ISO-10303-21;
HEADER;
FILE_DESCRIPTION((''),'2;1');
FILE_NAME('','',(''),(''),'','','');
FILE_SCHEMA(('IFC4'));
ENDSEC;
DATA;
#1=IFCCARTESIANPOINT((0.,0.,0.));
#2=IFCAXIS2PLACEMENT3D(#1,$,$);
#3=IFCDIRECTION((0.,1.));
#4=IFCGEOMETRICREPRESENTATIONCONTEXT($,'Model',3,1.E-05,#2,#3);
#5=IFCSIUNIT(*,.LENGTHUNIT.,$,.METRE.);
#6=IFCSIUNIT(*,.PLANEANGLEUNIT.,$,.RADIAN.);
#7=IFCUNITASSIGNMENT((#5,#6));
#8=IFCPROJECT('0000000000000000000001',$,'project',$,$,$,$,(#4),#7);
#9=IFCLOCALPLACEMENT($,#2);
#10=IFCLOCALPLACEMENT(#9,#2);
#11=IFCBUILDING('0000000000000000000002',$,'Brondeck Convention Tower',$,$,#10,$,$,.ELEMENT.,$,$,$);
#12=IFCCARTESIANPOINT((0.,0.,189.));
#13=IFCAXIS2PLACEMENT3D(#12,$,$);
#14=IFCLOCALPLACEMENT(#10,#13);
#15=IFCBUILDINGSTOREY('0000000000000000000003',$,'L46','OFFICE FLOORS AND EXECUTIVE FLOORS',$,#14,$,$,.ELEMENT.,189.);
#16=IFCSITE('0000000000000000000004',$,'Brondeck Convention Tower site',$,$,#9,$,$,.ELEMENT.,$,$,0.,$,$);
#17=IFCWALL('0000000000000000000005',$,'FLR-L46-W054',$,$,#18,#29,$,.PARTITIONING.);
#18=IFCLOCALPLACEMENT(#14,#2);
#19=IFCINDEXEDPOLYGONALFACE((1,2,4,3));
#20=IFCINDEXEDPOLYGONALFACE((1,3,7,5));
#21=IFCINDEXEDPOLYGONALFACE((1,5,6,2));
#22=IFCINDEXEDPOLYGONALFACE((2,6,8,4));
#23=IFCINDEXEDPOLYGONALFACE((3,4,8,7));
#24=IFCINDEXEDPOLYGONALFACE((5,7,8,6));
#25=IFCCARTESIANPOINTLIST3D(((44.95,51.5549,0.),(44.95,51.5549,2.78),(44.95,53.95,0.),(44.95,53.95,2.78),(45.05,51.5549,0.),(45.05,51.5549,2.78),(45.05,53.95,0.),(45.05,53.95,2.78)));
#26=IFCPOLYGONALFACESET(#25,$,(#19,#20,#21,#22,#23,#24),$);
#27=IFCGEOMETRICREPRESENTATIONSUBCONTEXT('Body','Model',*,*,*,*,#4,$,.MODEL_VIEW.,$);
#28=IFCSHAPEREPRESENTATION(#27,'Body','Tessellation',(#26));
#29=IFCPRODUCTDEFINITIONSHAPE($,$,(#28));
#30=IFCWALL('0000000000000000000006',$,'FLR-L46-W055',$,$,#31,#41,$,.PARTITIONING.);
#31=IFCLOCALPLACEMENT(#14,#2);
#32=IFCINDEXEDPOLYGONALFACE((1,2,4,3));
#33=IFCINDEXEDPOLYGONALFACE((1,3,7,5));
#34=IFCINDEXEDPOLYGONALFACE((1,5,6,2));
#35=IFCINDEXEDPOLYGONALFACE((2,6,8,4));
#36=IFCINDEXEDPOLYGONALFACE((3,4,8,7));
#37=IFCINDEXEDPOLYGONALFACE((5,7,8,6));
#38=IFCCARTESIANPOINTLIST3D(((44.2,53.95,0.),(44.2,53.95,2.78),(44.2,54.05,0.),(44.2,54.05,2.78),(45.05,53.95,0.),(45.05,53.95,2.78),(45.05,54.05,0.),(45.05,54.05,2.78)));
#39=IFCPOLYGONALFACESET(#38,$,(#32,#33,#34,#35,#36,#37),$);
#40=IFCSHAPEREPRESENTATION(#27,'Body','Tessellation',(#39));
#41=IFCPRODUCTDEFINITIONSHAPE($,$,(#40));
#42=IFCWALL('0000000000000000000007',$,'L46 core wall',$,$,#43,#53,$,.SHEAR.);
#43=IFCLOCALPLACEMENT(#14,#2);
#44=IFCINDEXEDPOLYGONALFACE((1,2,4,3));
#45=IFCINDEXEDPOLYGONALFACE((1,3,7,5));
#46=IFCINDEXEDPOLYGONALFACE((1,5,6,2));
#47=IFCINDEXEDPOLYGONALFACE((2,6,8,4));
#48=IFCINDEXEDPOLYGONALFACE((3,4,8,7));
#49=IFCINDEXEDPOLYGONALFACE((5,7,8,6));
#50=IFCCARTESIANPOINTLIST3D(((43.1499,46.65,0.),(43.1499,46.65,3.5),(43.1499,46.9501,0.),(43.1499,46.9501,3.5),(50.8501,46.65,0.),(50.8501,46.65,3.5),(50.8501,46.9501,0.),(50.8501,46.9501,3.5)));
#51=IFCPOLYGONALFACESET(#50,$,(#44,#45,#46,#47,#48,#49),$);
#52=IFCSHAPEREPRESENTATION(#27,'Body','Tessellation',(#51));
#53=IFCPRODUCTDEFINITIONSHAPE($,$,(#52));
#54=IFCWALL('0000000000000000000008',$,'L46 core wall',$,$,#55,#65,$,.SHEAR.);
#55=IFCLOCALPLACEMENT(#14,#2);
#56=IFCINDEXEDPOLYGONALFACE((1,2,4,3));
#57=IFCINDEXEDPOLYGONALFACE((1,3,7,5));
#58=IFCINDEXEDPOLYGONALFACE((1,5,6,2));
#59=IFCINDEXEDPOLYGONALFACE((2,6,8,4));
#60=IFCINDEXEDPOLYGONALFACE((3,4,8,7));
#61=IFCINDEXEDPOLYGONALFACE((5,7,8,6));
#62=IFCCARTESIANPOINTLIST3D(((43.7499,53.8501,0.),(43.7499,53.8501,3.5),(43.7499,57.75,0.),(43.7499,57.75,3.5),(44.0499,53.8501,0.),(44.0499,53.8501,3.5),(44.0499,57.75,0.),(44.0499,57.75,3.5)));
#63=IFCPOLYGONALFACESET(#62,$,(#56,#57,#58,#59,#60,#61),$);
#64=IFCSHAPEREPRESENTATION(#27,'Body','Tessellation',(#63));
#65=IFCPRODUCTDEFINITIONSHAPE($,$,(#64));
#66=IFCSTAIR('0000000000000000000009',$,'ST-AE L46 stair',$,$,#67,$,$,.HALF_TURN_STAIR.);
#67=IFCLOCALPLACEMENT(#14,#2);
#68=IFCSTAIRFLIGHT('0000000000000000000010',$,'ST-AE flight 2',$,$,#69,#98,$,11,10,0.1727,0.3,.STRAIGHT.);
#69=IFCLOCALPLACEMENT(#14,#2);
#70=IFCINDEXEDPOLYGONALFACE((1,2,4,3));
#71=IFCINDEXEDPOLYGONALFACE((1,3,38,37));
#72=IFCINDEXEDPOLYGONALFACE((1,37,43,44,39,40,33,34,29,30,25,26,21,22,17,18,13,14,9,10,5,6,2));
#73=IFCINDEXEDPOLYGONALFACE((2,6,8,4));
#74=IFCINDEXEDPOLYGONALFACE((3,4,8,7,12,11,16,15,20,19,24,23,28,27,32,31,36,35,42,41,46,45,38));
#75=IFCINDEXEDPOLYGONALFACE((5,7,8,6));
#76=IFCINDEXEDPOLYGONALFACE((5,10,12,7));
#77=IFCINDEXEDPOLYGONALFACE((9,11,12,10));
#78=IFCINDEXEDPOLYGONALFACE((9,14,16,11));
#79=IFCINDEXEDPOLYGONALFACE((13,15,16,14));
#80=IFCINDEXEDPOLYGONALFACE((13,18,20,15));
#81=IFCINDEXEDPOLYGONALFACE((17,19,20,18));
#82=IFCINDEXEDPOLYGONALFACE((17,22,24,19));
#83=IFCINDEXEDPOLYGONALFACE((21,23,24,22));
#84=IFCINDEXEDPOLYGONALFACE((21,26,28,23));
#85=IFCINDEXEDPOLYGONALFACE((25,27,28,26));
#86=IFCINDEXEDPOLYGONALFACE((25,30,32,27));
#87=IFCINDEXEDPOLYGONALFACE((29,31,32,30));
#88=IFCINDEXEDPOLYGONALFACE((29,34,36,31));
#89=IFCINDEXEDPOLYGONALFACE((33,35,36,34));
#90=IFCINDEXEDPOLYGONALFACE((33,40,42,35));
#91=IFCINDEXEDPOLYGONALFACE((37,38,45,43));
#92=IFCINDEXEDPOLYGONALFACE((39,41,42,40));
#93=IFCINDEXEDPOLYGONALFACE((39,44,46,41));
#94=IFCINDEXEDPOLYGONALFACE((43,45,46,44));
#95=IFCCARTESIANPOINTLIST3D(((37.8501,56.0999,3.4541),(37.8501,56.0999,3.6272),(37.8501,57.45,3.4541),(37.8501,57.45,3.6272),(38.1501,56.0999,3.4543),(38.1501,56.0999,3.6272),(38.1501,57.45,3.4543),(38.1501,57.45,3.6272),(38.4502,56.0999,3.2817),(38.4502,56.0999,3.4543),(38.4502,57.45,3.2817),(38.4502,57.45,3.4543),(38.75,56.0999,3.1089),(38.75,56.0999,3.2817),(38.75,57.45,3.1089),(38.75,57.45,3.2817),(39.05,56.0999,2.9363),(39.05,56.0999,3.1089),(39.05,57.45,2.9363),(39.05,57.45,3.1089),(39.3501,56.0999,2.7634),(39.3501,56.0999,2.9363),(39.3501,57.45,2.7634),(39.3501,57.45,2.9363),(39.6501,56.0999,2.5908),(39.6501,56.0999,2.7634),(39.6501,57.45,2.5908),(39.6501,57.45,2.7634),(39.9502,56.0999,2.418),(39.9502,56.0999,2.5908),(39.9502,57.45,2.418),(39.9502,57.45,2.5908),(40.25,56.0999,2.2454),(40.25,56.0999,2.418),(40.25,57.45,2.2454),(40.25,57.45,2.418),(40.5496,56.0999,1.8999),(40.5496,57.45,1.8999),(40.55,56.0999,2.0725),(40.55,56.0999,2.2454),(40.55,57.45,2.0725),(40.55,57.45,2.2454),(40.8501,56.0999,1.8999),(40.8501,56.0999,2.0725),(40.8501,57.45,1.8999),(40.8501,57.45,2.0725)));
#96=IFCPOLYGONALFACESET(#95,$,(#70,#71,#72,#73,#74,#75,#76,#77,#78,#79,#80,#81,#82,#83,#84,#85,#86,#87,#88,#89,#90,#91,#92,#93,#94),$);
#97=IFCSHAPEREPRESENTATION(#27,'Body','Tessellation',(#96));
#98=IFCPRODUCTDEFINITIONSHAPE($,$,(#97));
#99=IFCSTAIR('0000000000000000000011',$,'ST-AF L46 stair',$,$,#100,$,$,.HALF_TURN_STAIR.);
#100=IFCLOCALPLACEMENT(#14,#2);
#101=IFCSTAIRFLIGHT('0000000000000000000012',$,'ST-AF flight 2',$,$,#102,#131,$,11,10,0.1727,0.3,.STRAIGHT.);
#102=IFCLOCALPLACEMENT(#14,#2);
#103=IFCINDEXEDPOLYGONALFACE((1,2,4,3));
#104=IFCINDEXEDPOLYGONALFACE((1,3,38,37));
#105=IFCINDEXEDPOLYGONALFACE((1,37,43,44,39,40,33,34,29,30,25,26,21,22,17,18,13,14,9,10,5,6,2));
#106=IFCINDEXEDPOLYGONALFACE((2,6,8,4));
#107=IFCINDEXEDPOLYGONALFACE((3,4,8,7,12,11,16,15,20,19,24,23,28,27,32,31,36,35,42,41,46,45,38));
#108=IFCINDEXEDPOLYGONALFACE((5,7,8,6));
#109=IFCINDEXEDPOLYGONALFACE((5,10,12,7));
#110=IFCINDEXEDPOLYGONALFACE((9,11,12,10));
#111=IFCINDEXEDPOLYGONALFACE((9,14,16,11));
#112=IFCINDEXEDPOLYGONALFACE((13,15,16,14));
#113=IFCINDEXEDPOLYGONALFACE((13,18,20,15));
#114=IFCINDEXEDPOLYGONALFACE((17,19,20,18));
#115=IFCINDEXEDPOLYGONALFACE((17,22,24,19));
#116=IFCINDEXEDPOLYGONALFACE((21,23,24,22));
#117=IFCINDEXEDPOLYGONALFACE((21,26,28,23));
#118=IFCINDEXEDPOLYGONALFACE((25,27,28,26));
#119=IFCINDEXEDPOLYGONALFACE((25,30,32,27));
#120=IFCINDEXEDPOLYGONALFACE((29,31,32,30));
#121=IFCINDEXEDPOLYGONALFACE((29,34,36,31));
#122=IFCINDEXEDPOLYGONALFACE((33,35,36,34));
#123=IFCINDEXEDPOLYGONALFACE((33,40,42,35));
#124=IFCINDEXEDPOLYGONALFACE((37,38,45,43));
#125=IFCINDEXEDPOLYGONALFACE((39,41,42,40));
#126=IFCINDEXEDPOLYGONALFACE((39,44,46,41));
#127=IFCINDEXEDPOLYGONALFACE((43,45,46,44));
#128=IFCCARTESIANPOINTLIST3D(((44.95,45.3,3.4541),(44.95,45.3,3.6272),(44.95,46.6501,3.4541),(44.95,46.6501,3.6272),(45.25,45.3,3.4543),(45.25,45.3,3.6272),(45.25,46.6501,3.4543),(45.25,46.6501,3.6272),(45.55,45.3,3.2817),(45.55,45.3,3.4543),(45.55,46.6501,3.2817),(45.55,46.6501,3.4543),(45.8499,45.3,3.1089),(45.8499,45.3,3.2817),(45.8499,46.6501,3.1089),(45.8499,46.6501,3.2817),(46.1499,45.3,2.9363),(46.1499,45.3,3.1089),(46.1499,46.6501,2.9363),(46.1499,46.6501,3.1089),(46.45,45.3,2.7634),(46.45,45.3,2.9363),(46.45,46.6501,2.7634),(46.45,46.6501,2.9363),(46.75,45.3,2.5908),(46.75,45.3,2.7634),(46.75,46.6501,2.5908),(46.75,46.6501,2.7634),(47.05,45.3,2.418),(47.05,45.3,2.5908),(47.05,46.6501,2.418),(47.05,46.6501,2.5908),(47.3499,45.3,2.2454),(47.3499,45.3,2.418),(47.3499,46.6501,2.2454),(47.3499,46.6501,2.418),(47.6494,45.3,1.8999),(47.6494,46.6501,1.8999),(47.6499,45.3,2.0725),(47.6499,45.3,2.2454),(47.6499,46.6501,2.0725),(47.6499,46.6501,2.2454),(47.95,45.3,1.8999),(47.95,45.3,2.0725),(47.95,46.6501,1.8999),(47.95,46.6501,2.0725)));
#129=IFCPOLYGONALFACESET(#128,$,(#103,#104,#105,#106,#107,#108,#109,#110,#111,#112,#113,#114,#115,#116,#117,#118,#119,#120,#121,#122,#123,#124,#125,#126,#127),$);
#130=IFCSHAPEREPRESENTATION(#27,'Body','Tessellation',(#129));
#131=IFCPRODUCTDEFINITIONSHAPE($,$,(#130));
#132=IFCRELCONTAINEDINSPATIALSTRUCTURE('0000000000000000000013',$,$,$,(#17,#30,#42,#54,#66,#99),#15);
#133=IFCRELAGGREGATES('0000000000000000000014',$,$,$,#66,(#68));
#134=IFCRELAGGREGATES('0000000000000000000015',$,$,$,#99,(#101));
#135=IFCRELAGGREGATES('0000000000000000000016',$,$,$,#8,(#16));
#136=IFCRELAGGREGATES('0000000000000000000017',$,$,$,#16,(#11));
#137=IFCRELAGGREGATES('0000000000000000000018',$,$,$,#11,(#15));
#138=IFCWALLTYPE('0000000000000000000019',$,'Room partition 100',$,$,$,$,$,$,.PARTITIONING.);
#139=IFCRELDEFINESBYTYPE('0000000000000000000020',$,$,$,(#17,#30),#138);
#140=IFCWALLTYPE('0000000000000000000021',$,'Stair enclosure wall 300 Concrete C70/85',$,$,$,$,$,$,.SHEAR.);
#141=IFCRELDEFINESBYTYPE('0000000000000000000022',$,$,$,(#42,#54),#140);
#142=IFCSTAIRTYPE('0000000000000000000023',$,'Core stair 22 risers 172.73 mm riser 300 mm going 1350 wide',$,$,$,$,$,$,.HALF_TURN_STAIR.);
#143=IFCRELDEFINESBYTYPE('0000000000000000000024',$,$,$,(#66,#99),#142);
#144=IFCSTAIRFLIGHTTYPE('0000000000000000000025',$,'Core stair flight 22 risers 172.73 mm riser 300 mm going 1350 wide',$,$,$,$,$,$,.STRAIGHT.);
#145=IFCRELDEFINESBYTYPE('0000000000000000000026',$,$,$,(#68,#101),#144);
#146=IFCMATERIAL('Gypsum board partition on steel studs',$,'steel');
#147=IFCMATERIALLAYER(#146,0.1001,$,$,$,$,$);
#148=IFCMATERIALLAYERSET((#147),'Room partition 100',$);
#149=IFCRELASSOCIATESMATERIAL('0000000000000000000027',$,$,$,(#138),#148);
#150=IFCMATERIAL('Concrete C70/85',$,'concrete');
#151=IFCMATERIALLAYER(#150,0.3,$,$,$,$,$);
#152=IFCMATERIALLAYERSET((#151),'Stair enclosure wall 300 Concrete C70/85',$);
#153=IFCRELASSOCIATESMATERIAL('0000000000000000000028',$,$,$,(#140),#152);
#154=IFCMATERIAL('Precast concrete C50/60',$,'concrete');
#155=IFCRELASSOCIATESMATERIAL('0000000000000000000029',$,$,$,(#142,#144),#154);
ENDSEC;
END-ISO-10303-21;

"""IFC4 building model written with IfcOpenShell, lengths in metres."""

from ifc_helpers import new_model, si_unit, direction, frame, frame_2d, origin, place, context, subcontext, project, spatial, polyline, rectangle, outline, extrude, material, layer, layer_set, type_object, element, aggregate, save


model = new_model("IFC4")

# Units and contexts
model_context = context("Model", 3, precision=1e-05, world=origin(), true_north=direction((0.0, 1.0)))
body_context = subcontext(model_context, "Body", "Model", "MODEL_VIEW")
ifc_project = project(units=[si_unit("LENGTHUNIT", "METRE"), si_unit("PLANEANGLEUNIT", "RADIAN")], contexts=[model_context])

# Site, building, storey
site_placement = place(None, origin())
site = spatial("IfcSite", under=ifc_project, at=site_placement, Name="Brondeck Convention Tower site", CompositionType="ELEMENT", RefElevation=0.0)
building_placement = place(site_placement, origin())
building = spatial("IfcBuilding", under=site, at=building_placement, Name="Brondeck Convention Tower", CompositionType="ELEMENT")
storey_placement = place(building_placement, frame((0.0, 0.0, 189.0)))
storey = spatial("IfcBuildingStorey", under=building, at=storey_placement, Name="L46", Description="OFFICE FLOORS AND EXECUTIVE FLOORS", CompositionType="ELEMENT", Elevation=189.0)

# Shared definitions
ifc_material_1 = material(Name="Concrete C70/85", Category="concrete")

# Shared definitions
ifc_material_2 = material(Name="Gypsum board partition on steel studs", Category="steel")
ifc_layer_1 = layer(ifc_material_2, 0.1001)
ifc_layer_set_1 = layer_set([ifc_layer_1], Name="Room partition 100")
wall_type_1 = type_object("IfcWallType", Name="Room partition 100", PredefinedType="PARTITIONING", material=ifc_layer_set_1)

# Walls
wall_1_placement = place(storey_placement, frame((45.0, 53.95, 0.0), z_axis=(0.0, 0.0, 1.0), x_axis=(0.0, -1.0, 0.0)))
element("IfcWall", 1, at=wall_1_placement, inside=storey, type_object=wall_type_1, Name="FLR-L46-W054", PredefinedType="PARTITIONING", context=body_context, shape_type="SweptSolid", body=[
    extrude(rectangle(XDim=2.395, YDim=0.1001, at=frame_2d((1.1975, 0.0))), origin(), (0.0, 0.0, 1.0), 2.78),
])
wall_2_placement = place(storey_placement, frame((44.2, 54.0, 0.0), z_axis=(0.0, 0.0, 1.0), x_axis=(1.0, 0.0, 0.0)))
element("IfcWall", 2, at=wall_2_placement, inside=storey, type_object=wall_type_1, Name="FLR-L46-W055", PredefinedType="PARTITIONING", context=body_context, shape_type="SweptSolid", body=[
    extrude(rectangle(XDim=0.8501, YDim=0.1001, at=frame_2d((0.425, 0.0))), origin(), (0.0, 0.0, 1.0), 2.78),
])
ifc_layer_2 = layer(ifc_material_1, 0.3)
ifc_layer_set_2 = layer_set([ifc_layer_2], Name="Stair enclosure wall 300 Concrete C70/85")
wall_type_2 = type_object("IfcWallType", Name="Stair enclosure wall 300 Concrete C70/85", PredefinedType="SHEAR", material=ifc_layer_set_2)
wall_3_placement = place(storey_placement, frame((43.1499, 46.8, 0.0), z_axis=(0.0, 0.0, 1.0), x_axis=(1.0, 0.0, 0.0)))
element("IfcWall", 3, at=wall_3_placement, inside=storey, type_object=wall_type_2, Name="L46 core wall", PredefinedType="SHEAR", context=body_context, shape_type="SweptSolid", body=[
    extrude(rectangle(XDim=7.7002, YDim=0.3, at=frame_2d((3.8501, 0.0))), origin(), (0.0, 0.0, 1.0), 3.5),
])
wall_4_placement = place(storey_placement, frame((43.8999, 53.8501, 0.0), z_axis=(0.0, 0.0, 1.0), x_axis=(0.0, 1.0, 0.0)))
element("IfcWall", 4, at=wall_4_placement, inside=storey, type_object=wall_type_2, Name="L46 core wall", PredefinedType="SHEAR", context=body_context, shape_type="SweptSolid", body=[
    extrude(rectangle(XDim=3.8999, YDim=0.3, at=frame_2d((1.95, 0.0))), origin(), (0.0, 0.0, 1.0), 3.5),
])

# Stairs, stair flights
ifc_material_3 = material(Name="Precast concrete C50/60", Category="concrete")
stair_type = type_object("IfcStairType", Name="Core stair 22 risers 172.73 mm riser 300 mm going 1350 wide", PredefinedType="HALF_TURN_STAIR", material=ifc_material_3)
stair_1_placement = place(storey_placement, origin())
stair_1 = element("IfcStair", 5, at=stair_1_placement, inside=storey, type_object=stair_type, Name="ST-AE L46 stair", PredefinedType="HALF_TURN_STAIR")
stair_flight_type = type_object("IfcStairFlightType", Name="Core stair flight 22 risers 172.73 mm riser 300 mm going 1350 wide", PredefinedType="STRAIGHT", material=ifc_material_3)
stair_flight_1_placement = place(storey_placement, frame((40.8501, 56.7749, 1.8999), z_axis=(0.0, 0.0, 1.0), x_axis=(-1.0, 0.0, 0.0)))
stair_flight_1 = element("IfcStairFlight", 6, at=stair_flight_1_placement, type_object=stair_flight_type, Name="ST-AE flight 2", NumberOfRisers=11, NumberOfTreads=10, PredefinedType="STRAIGHT", RiserHeight=0.1727, TreadLength=0.3, context=body_context, shape_type="SweptSolid", body=[
    extrude(outline(polyline([(0.0, 0.0), (0.0, 0.1726), (0.3, 0.1726), (0.3, 0.3455), (0.6001, 0.3455), (0.6001, 0.5181), (0.8999, 0.5181), (0.8999, 0.6909), (1.2, 0.6909), (1.2, 0.8635), (1.5, 0.8635), (1.5, 1.0364), (1.8, 1.0364), (1.8, 1.209), (2.1001, 1.209), (2.1001, 1.3818), (2.3999, 1.3818), (2.3999, 1.5544), (2.7, 1.5544), (2.7, 1.7273), (3.0, 1.7273), (3.0, 1.8999), (3.0, 1.5542), (0.3005, 0.0), (0.0, 0.0)])), frame((0.0, 0.675, 0.0), z_axis=(0.0, -1.0, 0.0), x_axis=(1.0, 0.0, 0.0)), (0.0, 0.0, 1.0), 1.3501),
])
aggregate(stair_1, [stair_flight_1])
stair_2_placement = place(storey_placement, origin())
stair_2 = element("IfcStair", 7, at=stair_2_placement, inside=storey, type_object=stair_type, Name="ST-AF L46 stair", PredefinedType="HALF_TURN_STAIR")
stair_flight_2_placement = place(storey_placement, frame((47.95, 45.9751, 1.8999), z_axis=(0.0, 0.0, 1.0), x_axis=(-1.0, 0.0, 0.0)))
stair_flight_2 = element("IfcStairFlight", 8, at=stair_flight_2_placement, type_object=stair_flight_type, Name="ST-AF flight 2", NumberOfRisers=11, NumberOfTreads=10, PredefinedType="STRAIGHT", RiserHeight=0.1727, TreadLength=0.3, context=body_context, shape_type="SweptSolid", body=[
    extrude(outline(polyline([(0.0, 0.0), (0.0, 0.1726), (0.3, 0.1726), (0.3, 0.3455), (0.6001, 0.3455), (0.6001, 0.5181), (0.8999, 0.5181), (0.8999, 0.6909), (1.2, 0.6909), (1.2, 0.8635), (1.5, 0.8635), (1.5, 1.0364), (1.8, 1.0364), (1.8, 1.209), (2.1001, 1.209), (2.1001, 1.3818), (2.3999, 1.3818), (2.3999, 1.5544), (2.7, 1.5544), (2.7, 1.7273), (3.0, 1.7273), (3.0, 1.8999), (3.0, 1.5542), (0.3005, 0.0), (0.0, 0.0)])), frame((0.0, 0.675, 0.0), z_axis=(0.0, -1.0, 0.0), x_axis=(1.0, 0.0, 0.0)), (0.0, 0.0, 1.0), 1.3501),
])
aggregate(stair_2, [stair_flight_2])

save(model, "model.ifc")
